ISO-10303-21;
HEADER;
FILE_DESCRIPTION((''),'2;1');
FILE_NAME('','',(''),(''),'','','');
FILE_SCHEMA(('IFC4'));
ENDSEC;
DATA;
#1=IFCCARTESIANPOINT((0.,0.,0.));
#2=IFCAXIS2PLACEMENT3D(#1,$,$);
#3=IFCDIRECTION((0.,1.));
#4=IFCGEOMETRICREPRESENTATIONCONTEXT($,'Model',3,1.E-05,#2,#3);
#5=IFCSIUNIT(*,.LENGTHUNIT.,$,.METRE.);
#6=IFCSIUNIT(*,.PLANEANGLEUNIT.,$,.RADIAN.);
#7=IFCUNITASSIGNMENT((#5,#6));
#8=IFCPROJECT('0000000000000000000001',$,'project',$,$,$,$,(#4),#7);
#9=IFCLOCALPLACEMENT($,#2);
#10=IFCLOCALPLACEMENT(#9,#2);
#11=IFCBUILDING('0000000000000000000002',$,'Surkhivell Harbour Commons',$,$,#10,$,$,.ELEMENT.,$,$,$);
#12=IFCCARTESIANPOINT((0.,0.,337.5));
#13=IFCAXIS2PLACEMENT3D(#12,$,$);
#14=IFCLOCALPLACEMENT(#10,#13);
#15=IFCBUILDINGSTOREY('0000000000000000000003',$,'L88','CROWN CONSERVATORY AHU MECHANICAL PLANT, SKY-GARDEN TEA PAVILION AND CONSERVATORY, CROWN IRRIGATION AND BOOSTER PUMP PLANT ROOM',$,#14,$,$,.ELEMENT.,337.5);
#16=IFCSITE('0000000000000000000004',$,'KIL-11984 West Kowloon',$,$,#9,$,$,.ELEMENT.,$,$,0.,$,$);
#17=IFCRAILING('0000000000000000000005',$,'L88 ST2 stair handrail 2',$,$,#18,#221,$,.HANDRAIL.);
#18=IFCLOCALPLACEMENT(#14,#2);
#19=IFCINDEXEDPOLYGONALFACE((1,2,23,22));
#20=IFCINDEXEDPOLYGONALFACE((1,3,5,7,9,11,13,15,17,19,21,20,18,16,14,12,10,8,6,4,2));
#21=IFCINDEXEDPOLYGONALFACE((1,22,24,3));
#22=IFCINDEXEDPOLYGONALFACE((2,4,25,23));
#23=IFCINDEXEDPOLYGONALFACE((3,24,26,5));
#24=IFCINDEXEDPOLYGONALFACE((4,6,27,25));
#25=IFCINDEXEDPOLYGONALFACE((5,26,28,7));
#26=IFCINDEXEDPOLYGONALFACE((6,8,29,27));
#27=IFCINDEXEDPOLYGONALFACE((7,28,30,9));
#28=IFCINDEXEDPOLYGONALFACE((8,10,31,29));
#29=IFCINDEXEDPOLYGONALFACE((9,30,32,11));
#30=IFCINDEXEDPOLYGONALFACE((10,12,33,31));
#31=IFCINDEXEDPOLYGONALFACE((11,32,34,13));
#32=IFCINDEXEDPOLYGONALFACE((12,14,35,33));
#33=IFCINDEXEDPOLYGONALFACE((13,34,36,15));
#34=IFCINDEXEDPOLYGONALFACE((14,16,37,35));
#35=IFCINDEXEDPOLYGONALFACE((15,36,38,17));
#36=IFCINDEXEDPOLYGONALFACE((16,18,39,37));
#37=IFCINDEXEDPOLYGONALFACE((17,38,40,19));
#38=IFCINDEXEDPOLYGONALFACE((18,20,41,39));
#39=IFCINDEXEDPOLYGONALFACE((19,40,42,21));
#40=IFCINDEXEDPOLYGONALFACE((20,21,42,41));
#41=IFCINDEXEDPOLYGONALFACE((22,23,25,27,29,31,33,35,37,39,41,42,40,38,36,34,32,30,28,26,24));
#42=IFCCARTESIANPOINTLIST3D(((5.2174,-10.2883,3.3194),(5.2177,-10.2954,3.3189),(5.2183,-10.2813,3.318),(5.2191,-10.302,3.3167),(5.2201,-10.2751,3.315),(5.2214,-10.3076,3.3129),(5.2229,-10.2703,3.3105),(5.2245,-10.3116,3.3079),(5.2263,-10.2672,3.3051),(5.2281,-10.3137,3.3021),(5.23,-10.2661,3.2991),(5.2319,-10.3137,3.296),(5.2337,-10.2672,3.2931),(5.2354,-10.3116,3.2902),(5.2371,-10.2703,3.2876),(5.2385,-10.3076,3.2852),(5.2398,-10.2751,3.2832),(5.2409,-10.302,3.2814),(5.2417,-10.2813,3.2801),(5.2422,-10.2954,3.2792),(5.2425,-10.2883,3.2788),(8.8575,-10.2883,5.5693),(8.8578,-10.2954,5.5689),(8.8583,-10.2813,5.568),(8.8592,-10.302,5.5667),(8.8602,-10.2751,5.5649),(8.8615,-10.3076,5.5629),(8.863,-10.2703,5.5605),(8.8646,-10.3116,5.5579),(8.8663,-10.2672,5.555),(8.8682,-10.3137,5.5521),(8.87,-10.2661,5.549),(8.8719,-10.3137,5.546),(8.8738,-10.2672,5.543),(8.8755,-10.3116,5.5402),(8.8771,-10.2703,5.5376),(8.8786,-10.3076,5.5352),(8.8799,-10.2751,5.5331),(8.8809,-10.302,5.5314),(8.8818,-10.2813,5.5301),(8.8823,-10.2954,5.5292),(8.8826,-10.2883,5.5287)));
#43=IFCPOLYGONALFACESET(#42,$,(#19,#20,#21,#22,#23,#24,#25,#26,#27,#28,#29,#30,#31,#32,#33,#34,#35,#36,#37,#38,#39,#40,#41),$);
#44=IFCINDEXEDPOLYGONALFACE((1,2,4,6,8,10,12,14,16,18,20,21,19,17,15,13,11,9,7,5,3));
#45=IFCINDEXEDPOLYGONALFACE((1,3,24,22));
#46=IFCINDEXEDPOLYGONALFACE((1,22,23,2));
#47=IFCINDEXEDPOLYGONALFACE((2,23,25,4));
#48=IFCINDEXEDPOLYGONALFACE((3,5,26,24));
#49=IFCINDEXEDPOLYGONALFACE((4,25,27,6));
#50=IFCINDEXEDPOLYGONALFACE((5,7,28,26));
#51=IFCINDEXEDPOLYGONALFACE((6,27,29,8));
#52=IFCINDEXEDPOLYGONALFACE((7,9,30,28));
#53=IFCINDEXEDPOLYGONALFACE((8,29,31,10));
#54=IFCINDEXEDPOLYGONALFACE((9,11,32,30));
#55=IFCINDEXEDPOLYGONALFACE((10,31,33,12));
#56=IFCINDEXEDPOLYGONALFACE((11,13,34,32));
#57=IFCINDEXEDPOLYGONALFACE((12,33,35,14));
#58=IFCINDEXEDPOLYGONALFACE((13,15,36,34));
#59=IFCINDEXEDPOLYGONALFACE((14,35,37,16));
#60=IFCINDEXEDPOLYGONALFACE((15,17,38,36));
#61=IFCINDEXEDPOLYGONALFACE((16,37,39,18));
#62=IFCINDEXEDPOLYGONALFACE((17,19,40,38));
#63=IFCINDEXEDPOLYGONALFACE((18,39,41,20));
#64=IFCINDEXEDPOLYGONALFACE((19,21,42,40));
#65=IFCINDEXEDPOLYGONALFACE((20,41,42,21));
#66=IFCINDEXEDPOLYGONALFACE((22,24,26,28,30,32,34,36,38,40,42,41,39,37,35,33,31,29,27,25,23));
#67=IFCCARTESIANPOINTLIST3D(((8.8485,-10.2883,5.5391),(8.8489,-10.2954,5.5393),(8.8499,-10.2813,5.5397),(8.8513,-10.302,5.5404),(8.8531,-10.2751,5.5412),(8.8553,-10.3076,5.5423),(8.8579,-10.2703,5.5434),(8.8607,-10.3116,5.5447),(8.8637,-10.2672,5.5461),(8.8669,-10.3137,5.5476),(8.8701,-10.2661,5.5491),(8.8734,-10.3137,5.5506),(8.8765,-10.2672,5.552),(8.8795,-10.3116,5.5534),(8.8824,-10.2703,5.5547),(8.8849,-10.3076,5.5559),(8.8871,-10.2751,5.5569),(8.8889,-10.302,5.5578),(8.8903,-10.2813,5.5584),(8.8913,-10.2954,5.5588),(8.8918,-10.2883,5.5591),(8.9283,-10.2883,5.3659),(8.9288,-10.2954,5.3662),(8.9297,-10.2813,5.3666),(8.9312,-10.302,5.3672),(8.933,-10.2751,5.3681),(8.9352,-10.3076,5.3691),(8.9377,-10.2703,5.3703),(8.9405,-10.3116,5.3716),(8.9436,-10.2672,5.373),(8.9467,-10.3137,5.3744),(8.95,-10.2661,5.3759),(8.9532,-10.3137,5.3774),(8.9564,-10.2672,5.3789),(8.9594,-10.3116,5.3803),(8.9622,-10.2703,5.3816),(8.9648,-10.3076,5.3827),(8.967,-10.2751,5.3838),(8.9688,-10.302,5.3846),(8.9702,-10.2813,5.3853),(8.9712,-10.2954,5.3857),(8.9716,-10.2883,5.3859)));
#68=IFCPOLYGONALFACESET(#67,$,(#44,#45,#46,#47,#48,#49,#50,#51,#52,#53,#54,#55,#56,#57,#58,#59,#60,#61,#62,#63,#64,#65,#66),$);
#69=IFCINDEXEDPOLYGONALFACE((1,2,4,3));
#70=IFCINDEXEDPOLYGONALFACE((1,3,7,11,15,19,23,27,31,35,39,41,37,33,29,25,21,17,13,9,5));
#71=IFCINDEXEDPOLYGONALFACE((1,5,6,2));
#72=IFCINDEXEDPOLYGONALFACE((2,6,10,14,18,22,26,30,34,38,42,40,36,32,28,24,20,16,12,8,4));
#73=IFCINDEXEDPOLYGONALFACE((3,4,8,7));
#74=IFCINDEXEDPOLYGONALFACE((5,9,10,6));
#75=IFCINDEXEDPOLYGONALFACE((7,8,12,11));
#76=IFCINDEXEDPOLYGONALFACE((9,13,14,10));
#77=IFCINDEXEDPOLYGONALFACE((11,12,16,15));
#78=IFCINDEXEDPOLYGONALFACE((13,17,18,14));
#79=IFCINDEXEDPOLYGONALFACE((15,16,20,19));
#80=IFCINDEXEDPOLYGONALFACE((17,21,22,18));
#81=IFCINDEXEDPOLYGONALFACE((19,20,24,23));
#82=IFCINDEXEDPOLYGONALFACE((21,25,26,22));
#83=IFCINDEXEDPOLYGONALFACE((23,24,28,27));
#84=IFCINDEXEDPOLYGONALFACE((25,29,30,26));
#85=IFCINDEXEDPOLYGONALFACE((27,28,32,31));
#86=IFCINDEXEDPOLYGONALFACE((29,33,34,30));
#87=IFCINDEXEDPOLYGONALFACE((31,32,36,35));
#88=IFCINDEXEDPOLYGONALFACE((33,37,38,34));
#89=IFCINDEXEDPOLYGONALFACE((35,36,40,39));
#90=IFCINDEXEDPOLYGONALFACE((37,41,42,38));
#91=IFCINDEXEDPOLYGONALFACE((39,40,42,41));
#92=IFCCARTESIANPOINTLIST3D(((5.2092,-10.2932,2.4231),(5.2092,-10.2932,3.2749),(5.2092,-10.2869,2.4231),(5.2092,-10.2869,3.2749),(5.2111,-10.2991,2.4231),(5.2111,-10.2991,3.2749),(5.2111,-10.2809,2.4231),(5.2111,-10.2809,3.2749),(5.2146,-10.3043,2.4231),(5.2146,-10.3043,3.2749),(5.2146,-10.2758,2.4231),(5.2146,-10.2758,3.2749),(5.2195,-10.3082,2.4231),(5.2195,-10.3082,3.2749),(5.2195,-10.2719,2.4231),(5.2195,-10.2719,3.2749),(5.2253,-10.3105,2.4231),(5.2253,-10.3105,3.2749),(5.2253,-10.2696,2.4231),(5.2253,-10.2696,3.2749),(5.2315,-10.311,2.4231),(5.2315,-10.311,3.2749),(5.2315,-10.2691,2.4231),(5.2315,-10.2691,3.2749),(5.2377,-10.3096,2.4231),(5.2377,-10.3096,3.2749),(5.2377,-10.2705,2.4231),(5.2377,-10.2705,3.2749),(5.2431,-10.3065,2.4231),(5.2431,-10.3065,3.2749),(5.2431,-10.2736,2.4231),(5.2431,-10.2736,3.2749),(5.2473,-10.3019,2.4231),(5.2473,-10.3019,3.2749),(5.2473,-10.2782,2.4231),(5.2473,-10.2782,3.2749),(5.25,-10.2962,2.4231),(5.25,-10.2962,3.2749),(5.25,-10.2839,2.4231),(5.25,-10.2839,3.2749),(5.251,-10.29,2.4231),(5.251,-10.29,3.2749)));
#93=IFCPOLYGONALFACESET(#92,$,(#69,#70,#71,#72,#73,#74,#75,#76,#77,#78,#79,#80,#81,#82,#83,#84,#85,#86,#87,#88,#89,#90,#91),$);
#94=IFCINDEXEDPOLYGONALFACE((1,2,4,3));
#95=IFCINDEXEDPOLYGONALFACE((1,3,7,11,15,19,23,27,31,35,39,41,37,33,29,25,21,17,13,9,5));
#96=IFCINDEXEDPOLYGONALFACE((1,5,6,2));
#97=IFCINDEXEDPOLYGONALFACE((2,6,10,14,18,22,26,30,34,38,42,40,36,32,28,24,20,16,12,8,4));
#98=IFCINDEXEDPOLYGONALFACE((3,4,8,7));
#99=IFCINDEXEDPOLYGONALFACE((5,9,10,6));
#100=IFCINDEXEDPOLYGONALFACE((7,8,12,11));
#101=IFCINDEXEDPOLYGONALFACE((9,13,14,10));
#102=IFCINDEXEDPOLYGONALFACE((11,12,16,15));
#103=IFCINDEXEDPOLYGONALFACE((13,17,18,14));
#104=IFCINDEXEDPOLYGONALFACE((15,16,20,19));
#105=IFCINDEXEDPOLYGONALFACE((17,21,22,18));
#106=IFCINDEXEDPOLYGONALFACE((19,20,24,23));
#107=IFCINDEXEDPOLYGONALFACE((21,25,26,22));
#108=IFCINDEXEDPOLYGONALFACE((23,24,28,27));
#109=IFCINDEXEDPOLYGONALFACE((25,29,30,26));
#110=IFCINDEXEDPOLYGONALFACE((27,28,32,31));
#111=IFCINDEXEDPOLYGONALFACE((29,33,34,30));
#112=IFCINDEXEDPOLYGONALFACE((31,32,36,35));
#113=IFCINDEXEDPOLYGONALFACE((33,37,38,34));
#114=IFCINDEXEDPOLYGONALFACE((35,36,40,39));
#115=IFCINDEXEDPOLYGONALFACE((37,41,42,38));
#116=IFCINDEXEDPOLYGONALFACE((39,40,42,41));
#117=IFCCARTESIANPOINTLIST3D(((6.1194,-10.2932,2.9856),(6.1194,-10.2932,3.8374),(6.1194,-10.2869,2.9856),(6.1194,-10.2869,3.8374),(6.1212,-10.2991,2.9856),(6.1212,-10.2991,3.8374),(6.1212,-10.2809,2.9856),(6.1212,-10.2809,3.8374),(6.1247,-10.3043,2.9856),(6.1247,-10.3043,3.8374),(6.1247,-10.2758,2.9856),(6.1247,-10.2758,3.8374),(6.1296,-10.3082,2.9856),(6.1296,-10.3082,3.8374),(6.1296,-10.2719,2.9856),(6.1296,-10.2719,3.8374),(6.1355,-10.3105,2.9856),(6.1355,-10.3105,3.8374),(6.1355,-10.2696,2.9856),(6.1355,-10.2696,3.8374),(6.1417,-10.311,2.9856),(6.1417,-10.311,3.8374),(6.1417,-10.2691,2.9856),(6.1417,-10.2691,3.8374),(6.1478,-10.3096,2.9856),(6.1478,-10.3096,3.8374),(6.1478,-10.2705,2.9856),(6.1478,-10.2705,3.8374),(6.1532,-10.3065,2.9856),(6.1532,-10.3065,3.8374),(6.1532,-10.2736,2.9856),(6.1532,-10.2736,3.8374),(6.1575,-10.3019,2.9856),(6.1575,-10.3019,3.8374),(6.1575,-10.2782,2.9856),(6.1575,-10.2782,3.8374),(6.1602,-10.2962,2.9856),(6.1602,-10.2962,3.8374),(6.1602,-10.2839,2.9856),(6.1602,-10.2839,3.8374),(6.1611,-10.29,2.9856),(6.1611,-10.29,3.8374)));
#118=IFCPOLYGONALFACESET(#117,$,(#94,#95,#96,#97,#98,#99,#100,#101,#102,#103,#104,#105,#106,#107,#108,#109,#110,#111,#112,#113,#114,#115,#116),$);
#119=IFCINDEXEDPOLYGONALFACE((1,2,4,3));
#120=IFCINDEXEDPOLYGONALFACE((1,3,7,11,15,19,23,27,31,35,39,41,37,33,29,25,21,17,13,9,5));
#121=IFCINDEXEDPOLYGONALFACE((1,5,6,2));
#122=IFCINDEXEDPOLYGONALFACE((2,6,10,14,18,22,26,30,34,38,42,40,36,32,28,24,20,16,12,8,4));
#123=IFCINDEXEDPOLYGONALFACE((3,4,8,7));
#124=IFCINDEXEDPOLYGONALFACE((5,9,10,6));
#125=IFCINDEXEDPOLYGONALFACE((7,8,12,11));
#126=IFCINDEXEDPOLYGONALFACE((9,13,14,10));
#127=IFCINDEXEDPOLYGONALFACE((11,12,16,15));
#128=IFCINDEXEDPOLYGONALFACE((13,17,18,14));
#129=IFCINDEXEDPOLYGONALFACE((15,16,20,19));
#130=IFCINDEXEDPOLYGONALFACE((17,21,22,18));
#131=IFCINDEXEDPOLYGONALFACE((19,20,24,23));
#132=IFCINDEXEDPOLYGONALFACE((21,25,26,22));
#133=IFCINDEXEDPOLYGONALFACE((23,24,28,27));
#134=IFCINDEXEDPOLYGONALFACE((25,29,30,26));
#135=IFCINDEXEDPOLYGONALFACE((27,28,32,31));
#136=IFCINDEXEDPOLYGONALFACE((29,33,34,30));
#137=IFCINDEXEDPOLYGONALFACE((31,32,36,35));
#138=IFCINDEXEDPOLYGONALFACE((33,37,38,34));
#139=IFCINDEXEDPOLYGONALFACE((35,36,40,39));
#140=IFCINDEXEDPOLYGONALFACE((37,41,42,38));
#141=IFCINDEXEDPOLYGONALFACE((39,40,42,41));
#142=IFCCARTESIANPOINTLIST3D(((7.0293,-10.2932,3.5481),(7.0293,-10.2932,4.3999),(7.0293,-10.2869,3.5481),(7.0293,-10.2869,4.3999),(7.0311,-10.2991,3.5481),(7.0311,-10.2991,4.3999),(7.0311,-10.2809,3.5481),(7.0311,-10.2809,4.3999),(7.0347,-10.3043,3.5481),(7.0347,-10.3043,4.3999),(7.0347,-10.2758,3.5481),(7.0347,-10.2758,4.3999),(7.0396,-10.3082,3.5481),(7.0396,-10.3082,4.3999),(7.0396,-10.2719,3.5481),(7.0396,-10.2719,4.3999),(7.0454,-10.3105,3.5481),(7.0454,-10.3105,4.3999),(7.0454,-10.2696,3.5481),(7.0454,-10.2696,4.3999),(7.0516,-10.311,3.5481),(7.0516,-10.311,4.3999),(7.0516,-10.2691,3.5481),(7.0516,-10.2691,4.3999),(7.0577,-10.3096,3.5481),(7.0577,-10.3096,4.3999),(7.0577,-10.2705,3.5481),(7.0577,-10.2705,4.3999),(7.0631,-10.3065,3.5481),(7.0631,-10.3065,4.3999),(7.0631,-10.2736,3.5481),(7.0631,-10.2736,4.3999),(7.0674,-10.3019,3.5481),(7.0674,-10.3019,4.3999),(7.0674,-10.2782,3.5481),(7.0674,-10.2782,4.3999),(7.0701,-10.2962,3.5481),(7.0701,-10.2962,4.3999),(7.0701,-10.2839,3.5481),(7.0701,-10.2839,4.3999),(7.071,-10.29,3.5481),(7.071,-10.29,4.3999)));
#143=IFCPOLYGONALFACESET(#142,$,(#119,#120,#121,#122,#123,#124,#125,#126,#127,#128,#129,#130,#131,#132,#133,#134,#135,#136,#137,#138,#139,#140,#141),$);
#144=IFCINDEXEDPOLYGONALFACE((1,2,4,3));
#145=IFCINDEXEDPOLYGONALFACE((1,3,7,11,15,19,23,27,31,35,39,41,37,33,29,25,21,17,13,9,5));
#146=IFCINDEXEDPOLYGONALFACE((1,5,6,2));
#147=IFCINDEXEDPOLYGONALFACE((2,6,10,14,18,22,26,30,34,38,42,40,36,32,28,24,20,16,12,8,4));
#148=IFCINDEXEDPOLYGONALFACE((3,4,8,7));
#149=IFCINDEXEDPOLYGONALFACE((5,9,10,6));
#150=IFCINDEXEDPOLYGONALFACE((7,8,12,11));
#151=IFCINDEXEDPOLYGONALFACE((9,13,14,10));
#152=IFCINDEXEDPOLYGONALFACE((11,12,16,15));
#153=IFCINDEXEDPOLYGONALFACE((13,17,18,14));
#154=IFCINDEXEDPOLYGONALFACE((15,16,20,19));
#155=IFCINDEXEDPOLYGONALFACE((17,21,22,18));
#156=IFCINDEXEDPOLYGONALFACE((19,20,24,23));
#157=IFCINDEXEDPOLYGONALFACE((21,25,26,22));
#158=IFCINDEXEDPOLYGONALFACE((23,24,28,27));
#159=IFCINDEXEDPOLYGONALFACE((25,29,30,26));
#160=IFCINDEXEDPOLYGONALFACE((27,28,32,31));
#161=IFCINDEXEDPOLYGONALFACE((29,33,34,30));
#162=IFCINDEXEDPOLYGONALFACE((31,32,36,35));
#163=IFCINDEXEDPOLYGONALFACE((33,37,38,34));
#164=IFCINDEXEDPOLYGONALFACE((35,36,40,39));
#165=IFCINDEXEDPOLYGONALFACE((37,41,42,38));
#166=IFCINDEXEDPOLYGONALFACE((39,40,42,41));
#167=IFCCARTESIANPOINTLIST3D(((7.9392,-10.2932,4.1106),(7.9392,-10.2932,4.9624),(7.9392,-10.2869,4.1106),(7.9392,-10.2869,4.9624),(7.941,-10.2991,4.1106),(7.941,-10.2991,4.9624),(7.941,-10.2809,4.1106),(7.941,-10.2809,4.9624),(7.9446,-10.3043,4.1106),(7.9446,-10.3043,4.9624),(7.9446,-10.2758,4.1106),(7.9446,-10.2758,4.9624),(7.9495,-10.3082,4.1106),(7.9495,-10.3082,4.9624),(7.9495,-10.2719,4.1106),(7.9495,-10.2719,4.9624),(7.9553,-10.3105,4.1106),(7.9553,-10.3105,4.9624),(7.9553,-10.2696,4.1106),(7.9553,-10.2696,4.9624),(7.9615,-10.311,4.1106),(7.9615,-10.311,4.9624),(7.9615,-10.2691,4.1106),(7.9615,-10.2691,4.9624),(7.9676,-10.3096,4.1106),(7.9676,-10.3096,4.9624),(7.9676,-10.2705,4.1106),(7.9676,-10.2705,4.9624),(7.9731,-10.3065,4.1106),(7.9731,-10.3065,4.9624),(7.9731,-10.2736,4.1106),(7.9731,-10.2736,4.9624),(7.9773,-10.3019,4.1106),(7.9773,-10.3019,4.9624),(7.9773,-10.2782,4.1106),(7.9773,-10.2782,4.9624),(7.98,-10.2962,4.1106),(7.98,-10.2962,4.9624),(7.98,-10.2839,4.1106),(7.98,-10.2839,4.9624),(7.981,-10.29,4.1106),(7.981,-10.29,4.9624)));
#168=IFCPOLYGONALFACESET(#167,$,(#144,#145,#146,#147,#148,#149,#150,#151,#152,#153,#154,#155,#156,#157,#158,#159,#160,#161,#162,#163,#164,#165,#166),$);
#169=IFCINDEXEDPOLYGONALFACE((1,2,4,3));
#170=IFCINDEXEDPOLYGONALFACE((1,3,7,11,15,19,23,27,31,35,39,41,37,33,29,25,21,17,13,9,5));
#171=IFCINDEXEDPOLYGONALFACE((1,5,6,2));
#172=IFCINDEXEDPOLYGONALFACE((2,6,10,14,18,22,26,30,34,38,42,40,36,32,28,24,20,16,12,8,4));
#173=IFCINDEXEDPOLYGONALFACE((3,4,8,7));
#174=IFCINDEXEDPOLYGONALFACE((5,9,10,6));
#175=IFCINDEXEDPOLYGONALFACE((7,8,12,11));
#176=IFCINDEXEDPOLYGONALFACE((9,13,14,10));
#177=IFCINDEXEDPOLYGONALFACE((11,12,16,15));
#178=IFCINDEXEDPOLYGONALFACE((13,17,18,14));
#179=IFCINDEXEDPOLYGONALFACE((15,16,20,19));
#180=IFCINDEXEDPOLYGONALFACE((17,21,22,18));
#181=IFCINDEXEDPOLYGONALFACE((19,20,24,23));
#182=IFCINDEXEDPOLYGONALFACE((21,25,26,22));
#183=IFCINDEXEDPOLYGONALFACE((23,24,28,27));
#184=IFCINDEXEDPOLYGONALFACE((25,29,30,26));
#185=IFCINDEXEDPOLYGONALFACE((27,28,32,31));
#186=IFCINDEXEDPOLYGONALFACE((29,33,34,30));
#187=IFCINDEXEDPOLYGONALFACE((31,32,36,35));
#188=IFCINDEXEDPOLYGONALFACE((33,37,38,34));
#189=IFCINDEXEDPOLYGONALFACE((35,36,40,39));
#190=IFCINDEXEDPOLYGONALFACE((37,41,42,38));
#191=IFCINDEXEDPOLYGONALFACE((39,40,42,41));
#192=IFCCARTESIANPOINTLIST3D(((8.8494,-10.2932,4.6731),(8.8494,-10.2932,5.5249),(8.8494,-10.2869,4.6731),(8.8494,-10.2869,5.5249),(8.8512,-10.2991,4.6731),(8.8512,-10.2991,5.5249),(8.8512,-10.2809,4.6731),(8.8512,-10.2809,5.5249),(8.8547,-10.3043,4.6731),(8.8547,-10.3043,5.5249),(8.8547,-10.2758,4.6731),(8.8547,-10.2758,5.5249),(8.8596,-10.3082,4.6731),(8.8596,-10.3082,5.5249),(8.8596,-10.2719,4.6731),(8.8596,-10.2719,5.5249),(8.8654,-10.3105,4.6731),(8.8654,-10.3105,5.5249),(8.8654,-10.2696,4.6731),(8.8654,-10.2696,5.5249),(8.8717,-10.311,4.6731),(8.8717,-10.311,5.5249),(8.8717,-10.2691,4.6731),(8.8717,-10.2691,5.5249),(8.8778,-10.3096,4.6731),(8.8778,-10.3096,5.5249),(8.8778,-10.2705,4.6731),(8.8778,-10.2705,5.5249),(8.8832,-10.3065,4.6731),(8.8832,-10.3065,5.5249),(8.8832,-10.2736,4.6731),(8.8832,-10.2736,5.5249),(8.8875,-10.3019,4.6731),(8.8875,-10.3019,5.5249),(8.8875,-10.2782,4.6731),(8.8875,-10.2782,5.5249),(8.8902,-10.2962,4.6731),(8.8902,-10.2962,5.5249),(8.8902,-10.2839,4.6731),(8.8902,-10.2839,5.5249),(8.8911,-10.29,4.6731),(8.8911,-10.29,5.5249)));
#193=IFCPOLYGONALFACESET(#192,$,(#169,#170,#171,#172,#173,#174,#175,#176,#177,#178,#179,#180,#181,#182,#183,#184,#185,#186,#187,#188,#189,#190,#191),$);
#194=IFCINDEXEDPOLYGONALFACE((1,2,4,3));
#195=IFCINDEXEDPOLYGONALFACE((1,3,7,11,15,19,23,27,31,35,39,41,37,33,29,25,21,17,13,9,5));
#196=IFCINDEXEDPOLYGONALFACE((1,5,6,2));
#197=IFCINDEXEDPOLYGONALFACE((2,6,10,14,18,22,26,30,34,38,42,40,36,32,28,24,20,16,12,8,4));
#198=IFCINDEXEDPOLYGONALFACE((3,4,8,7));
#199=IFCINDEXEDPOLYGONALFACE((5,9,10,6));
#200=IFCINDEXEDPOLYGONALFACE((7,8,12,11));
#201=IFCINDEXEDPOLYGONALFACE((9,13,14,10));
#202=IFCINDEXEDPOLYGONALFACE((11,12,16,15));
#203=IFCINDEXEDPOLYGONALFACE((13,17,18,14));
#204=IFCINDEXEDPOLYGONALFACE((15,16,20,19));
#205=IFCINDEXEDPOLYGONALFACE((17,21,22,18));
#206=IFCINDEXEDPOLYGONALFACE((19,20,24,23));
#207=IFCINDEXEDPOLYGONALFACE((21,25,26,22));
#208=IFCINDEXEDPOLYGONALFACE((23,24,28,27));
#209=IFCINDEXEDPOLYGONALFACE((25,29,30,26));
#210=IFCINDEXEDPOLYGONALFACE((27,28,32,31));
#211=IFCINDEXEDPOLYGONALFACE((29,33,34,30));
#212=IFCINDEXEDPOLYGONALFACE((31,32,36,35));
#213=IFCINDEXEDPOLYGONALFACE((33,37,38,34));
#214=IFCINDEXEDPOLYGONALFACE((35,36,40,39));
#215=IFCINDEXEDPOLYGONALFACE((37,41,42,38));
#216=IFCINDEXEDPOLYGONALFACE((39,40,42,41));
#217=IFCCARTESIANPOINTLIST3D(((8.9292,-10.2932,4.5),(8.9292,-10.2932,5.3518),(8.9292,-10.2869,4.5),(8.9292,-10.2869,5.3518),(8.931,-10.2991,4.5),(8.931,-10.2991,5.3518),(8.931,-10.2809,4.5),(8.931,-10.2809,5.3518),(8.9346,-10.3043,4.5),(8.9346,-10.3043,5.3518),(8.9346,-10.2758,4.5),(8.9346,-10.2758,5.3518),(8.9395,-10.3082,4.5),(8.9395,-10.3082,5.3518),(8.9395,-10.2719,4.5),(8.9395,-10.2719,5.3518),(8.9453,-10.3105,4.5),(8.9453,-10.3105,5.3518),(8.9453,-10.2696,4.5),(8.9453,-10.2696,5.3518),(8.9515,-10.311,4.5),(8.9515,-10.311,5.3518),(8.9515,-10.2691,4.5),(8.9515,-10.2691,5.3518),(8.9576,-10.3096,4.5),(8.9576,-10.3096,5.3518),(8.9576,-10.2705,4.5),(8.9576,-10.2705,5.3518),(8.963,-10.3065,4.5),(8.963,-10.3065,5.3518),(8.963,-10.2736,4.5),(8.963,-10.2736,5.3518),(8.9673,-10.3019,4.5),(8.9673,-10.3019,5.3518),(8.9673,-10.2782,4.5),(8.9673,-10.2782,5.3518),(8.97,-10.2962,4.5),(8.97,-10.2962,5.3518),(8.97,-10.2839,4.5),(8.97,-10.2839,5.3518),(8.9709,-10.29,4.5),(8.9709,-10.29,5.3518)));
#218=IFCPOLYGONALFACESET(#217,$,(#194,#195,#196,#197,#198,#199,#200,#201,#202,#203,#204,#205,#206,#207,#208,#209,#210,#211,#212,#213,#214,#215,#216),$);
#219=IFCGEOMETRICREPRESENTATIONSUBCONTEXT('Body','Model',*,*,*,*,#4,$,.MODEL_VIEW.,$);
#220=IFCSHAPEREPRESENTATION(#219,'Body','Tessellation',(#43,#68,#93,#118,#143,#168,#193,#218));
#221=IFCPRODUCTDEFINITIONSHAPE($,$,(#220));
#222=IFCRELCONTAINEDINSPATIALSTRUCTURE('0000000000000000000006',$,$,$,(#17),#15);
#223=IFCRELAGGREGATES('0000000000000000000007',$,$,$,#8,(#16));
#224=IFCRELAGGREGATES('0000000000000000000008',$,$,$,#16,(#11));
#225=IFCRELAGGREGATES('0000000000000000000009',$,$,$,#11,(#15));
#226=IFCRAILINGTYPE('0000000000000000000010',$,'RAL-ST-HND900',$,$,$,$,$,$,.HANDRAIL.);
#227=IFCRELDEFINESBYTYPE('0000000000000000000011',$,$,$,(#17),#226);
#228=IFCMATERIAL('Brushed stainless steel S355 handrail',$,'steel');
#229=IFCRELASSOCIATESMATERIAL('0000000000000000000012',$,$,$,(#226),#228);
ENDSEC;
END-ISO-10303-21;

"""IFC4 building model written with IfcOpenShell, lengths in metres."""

from ifc_helpers import new_model, si_unit, direction, frame, origin, origin_2d, place, context, subcontext, project, spatial, circle, extrude, material, type_object, element, save


model = new_model("IFC4")

# Units and contexts
model_context = context("Model", 3, precision=1e-05, world=origin(), true_north=direction((0.0, 1.0)))
body_context = subcontext(model_context, "Body", "Model", "MODEL_VIEW")
ifc_project = project(units=[si_unit("LENGTHUNIT", "METRE"), si_unit("PLANEANGLEUNIT", "RADIAN")], contexts=[model_context])

# Site, building, storey
site_placement = place(None, origin())
site = spatial("IfcSite", under=ifc_project, at=site_placement, Name="KIL-11984 West Kowloon", CompositionType="ELEMENT", RefElevation=0.0)
building_placement = place(site_placement, origin())
building = spatial("IfcBuilding", under=site, at=building_placement, Name="Surkhivell Harbour Commons", CompositionType="ELEMENT")
storey_placement = place(building_placement, frame((0.0, 0.0, 337.5)))
storey = spatial("IfcBuildingStorey", under=building, at=storey_placement, Name="L88", Description="CROWN CONSERVATORY AHU MECHANICAL PLANT, SKY-GARDEN TEA PAVILION AND CONSERVATORY, CROWN IRRIGATION AND BOOSTER PUMP PLANT ROOM", CompositionType="ELEMENT", Elevation=337.5)

# Railing
ifc_material_1 = material(Name="Brushed stainless steel S355 handrail", Category="steel")
railing_type_1 = type_object("IfcRailingType", Name="RAL-ST-HND900", PredefinedType="HANDRAIL", material=ifc_material_1)
railing_1_placement = place(storey_placement, frame((5.23, -10.29, 2.4231)))
element("IfcRailing", 1, at=railing_1_placement, inside=storey, type_object=railing_type_1, Name="L88 ST2 stair handrail 2", PredefinedType="HANDRAIL", context=body_context, shape_type="SweptSolid", body=[
    extrude(circle(Radius=0.0239, at=origin_2d()), frame((0.0, 0.0, 0.876), z_axis=(0.850622, 0.0, 0.525777), x_axis=(0.0, 1.0, 0.0)), (0.0, 0.0, 1.0), 4.2793),
    extrude(circle(Radius=0.0239, at=origin_2d()), frame((3.6401, 0.0, 3.126), z_axis=(0.418815, 0.0, -0.908072), x_axis=(0.0, 1.0, 0.0)), (0.0, 0.0, 1.0), 0.1907),
    extrude(circle(Radius=0.021, at=origin_2d()), origin(), (0.0, 0.0, 1.0), 0.8518),
    extrude(circle(Radius=0.021, at=origin_2d()), frame((0.9102, 0.0, 0.5625)), (0.0, 0.0, 1.0), 0.8518),
    extrude(circle(Radius=0.021, at=origin_2d()), frame((1.8201, 0.0, 1.125)), (0.0, 0.0, 1.0), 0.8518),
    extrude(circle(Radius=0.021, at=origin_2d()), frame((2.73, 0.0, 1.6875)), (0.0, 0.0, 1.0), 0.8518),
    extrude(circle(Radius=0.021, at=origin_2d()), frame((3.6401, 0.0, 2.25)), (0.0, 0.0, 1.0), 0.8518),
    extrude(circle(Radius=0.021, at=origin_2d()), frame((3.72, 0.0, 2.0769)), (0.0, 0.0, 1.0), 0.8518),
])

save(model, "model.ifc")
